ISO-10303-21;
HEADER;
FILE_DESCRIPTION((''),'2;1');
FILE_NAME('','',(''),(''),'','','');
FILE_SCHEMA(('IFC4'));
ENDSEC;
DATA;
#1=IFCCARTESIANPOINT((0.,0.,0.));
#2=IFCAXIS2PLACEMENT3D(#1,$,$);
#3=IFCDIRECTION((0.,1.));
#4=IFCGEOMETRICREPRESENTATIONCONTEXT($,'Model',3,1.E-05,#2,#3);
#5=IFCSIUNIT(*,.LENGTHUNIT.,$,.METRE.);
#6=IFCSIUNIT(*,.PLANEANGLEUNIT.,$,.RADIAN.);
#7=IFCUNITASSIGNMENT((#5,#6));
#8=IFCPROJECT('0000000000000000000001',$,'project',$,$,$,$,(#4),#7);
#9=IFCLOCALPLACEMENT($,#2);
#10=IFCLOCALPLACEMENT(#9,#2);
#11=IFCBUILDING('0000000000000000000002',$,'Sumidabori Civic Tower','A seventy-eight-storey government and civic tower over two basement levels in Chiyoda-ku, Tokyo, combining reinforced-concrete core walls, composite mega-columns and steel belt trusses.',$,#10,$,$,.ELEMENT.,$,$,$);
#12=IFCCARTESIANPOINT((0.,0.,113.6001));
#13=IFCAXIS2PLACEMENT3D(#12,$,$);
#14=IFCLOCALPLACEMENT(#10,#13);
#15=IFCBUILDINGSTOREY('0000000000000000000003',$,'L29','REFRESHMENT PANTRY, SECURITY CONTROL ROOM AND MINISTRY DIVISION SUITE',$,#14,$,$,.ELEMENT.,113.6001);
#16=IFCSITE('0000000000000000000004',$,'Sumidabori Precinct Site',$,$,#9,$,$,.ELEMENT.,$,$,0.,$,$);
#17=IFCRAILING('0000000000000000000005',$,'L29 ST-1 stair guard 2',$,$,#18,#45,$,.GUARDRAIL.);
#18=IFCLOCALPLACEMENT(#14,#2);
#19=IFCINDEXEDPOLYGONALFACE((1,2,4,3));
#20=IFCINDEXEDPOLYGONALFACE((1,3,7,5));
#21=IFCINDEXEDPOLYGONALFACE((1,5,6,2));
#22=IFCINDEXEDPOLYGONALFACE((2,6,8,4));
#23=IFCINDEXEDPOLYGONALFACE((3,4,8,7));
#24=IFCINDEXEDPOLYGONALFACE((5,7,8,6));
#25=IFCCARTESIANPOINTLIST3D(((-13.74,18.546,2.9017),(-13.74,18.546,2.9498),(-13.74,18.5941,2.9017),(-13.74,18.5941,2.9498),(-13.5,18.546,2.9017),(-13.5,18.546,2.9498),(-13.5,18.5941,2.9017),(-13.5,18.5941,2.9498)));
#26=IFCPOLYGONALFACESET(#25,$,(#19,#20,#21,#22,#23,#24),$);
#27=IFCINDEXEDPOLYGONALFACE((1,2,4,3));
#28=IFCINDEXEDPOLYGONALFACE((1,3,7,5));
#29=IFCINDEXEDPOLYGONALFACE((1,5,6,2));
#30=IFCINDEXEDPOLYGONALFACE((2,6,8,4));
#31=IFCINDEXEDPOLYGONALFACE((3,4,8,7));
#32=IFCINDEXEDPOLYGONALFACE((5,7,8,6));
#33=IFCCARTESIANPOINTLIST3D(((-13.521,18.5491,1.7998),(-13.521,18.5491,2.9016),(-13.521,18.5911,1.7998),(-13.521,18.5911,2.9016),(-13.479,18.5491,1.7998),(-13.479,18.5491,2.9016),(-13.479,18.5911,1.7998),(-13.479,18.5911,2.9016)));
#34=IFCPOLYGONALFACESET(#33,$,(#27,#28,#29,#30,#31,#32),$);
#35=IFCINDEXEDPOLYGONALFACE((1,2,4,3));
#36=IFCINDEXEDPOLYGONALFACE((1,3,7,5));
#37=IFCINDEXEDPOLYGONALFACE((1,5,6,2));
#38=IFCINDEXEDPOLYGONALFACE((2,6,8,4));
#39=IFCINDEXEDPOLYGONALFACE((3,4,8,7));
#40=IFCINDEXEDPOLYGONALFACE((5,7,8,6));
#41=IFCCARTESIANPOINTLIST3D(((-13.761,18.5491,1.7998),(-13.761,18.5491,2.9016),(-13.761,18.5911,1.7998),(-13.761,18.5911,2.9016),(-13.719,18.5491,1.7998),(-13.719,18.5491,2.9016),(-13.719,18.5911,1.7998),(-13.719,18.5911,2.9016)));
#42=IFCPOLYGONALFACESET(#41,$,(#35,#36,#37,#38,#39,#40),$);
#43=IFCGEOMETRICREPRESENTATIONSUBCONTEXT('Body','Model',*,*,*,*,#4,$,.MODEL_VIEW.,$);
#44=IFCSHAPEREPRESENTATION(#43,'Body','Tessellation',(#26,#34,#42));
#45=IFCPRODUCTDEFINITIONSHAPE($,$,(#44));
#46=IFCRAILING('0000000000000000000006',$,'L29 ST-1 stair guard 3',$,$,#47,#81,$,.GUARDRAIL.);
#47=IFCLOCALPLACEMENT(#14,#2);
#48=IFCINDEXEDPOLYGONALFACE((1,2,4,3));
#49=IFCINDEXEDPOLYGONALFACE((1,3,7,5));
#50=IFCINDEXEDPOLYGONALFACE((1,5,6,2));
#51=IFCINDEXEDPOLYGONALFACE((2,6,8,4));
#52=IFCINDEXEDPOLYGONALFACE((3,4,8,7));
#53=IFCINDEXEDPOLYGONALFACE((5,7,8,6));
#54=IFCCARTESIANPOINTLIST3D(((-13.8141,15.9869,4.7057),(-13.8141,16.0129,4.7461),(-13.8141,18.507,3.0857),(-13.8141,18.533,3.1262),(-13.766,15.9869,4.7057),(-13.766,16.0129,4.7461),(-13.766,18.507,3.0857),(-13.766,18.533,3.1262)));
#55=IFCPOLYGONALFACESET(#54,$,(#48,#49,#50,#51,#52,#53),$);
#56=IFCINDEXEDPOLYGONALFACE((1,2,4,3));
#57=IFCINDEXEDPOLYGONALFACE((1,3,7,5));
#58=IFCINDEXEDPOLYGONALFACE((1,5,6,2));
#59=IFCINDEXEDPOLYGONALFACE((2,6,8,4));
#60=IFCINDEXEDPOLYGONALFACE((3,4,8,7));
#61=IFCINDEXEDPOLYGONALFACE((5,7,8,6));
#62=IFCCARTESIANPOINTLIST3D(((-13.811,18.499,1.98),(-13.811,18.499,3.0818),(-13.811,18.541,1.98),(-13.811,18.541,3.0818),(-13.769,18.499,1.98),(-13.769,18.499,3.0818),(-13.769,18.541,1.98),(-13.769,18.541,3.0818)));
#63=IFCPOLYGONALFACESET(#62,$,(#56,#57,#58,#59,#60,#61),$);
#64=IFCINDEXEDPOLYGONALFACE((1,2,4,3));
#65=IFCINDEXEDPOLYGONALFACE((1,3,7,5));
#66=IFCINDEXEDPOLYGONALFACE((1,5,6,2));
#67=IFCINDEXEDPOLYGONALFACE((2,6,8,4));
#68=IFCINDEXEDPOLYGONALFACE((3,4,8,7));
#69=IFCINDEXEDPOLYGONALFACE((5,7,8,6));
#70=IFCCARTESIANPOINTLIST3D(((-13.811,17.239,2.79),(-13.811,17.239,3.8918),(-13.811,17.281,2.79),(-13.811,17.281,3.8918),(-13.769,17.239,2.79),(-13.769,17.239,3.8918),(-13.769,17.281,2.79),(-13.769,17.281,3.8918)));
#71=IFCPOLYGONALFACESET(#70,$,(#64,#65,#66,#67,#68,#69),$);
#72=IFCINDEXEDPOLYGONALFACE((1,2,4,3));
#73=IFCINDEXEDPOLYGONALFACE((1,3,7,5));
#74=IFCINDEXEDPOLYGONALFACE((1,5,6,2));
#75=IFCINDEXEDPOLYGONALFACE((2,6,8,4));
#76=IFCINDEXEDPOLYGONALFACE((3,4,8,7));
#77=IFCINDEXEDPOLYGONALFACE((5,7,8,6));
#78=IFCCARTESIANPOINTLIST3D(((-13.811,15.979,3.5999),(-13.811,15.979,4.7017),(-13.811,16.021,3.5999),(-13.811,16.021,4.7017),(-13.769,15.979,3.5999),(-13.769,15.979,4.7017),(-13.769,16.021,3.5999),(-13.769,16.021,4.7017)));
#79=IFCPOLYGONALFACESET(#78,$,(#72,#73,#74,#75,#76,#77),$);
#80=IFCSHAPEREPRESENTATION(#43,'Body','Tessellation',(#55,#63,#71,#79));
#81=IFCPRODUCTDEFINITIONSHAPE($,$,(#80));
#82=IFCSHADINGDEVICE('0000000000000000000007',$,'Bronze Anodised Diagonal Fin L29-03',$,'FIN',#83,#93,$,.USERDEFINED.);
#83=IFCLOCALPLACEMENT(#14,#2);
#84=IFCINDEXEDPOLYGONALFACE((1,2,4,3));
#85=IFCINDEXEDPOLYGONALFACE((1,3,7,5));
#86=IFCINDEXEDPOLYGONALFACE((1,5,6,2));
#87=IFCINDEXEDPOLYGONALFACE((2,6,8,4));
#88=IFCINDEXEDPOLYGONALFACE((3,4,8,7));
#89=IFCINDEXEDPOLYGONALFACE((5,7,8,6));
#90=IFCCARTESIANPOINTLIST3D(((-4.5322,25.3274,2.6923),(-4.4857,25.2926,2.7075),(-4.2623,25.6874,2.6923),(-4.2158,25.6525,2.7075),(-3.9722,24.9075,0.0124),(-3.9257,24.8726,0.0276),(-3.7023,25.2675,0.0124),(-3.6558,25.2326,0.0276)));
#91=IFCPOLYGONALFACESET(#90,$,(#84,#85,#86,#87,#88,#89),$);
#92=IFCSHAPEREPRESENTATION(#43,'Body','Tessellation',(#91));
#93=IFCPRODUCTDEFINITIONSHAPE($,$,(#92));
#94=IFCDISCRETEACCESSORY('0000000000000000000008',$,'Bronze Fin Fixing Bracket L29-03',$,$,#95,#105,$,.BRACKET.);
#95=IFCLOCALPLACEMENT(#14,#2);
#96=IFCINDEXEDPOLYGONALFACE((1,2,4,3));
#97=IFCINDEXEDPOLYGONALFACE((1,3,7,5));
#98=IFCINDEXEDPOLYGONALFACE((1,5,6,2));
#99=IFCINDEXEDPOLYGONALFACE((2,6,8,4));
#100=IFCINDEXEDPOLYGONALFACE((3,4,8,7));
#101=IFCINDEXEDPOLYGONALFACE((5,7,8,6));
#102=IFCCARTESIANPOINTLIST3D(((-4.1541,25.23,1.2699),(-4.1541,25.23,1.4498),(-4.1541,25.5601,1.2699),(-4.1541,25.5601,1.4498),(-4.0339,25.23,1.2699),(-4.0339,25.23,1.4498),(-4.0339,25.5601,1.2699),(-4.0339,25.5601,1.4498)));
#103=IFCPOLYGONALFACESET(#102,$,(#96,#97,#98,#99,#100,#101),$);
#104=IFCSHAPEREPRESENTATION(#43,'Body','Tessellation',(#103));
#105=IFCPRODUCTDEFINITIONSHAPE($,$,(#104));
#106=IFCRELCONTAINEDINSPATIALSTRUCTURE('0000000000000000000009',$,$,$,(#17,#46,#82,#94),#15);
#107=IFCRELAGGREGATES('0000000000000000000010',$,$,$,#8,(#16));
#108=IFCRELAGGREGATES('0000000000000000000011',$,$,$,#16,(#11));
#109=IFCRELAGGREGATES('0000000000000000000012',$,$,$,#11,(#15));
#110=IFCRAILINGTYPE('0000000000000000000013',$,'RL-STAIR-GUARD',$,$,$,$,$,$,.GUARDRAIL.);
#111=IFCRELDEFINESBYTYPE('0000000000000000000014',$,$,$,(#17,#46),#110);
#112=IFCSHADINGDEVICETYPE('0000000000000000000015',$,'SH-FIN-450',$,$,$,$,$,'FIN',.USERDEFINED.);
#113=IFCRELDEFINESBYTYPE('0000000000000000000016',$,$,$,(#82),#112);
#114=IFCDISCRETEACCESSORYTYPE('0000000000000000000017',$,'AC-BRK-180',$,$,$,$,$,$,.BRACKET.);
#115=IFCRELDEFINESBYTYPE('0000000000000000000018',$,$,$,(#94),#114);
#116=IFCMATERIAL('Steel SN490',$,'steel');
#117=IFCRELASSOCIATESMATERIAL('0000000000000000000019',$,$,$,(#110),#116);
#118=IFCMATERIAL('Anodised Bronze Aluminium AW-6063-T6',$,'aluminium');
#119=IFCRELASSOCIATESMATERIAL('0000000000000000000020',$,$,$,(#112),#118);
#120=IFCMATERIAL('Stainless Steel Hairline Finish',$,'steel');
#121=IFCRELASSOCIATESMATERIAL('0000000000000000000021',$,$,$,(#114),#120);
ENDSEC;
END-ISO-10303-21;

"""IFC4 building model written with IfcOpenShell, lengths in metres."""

from ifc_helpers import new_model, si_unit, direction, frame, origin, origin_2d, place, context, subcontext, project, spatial, rectangle, extrude, source, transform, mapped, material, material_profile, profile_set, type_object, element, save


model = new_model("IFC4")

# Units and contexts
model_context = context("Model", 3, precision=1e-05, world=origin(), true_north=direction((0.0, 1.0)))
body_context = subcontext(model_context, "Body", "Model", "MODEL_VIEW")
ifc_project = project(units=[si_unit("LENGTHUNIT", "METRE"), si_unit("PLANEANGLEUNIT", "RADIAN")], contexts=[model_context])

# Site, building, storey
site_placement = place(None, origin())
site = spatial("IfcSite", under=ifc_project, at=site_placement, Name="Sumidabori Precinct Site", CompositionType="ELEMENT", RefElevation=0.0)
building_placement = place(site_placement, origin())
building = spatial("IfcBuilding", under=site, at=building_placement, Name="Sumidabori Civic Tower", Description="A seventy-eight-storey government and civic tower over two basement levels in Chiyoda-ku, Tokyo, combining reinforced-concrete core walls, composite mega-columns and steel belt trusses.", CompositionType="ELEMENT")
storey_placement = place(building_placement, frame((0.0, 0.0, 113.6001)))
storey = spatial("IfcBuildingStorey", under=building, at=storey_placement, Name="L29", Description="REFRESHMENT PANTRY, SECURITY CONTROL ROOM AND MINISTRY DIVISION SUITE", CompositionType="ELEMENT", Elevation=113.6001)

# Shared definitions
ifc_material_1 = material(Name="Anodised Bronze Aluminium AW-6063-T6", Category="aluminium")

# Railings
ifc_material_2 = material(Name="Stainless Steel Hairline Finish", Category="steel")
ifc_material_3 = material(Name="Steel SN490", Category="steel")
railing_type_1 = type_object("IfcRailingType", Name="RL-STAIR-GUARD", PredefinedType="GUARDRAIL", material=ifc_material_3)
railing_1_placement = place(storey_placement, frame((-13.5, 18.5701, 1.7998)))
element("IfcRailing", 1, at=railing_1_placement, inside=storey, type_object=railing_type_1, Name="L29 ST-1 stair guard 2", PredefinedType="GUARDRAIL", context=body_context, shape_type="SweptSolid", body=[
    extrude(rectangle(XDim=0.0481, YDim=0.0481, at=origin_2d()), frame((0.0, 0.0, 1.126), z_axis=(-1.0, 0.0, 0.0), x_axis=(0.0, -1.0, 0.0)), (0.0, 0.0, 1.0), 0.24),
    extrude(rectangle(XDim=0.042, YDim=0.042, at=origin_2d()), origin(), (0.0, 0.0, 1.0), 1.1018),
    extrude(rectangle(XDim=0.042, YDim=0.042, at=origin_2d()), frame((-0.24, 0.0, 0.0)), (0.0, 0.0, 1.0), 1.1018),
])
railing_2_placement = place(storey_placement, frame((-13.79, 18.52, 1.98)))
element("IfcRailing", 2, at=railing_2_placement, inside=storey, type_object=railing_type_1, Name="L29 ST-1 stair guard 3", PredefinedType="GUARDRAIL", context=body_context, shape_type="SweptSolid", body=[
    extrude(rectangle(XDim=0.0481, YDim=0.0481, at=origin_2d()), frame((0.0, 0.0, 1.126), z_axis=(0.0, -0.8412, 0.540725), x_axis=(1.0, 0.0, 0.0)), (0.0, 0.0, 1.0), 2.9958),
    extrude(rectangle(XDim=0.042, YDim=0.042, at=origin_2d()), origin(), (0.0, 0.0, 1.0), 1.1018),
    extrude(rectangle(XDim=0.042, YDim=0.042, at=origin_2d()), frame((0.0, -1.26, 0.8101)), (0.0, 0.0, 1.0), 1.1018),
    extrude(rectangle(XDim=0.042, YDim=0.042, at=origin_2d()), frame((0.0, -2.52, 1.6199)), (0.0, 0.0, 1.0), 1.1018),
])

# Shading device
ifc_material_profile_1 = material_profile(ifc_material_1, rectangle(XDim=0.0601, YDim=0.45, at=origin_2d()), Name="BRONZE FIN 450x60")
ifc_profile_set_1 = profile_set([ifc_material_profile_1], Name="Anodised Bronze Aluminium AW-6063-T6")
shading_device_type = type_object("IfcShadingDeviceType", Name="SH-FIN-450", ElementType="FIN", PredefinedType="USERDEFINED", material=ifc_profile_set_1)
shared_shape_1 = source(origin(), body_context, "Body", "SweptSolid", [
    extrude(rectangle(XDim=0.0601, YDim=0.45, at=origin_2d()), origin(), (0.0, 0.0, 1.0), 2.7698),
])
shading_device_placement = place(storey_placement, frame((-3.814, 25.0701, 0.02), z_axis=(-0.202199, 0.151605, 0.967539), x_axis=(0.774112, -0.580415, 0.252722)))
element("IfcShadingDevice", 3, at=shading_device_placement, inside=storey, type_object=shading_device_type, Name="Bronze Anodised Diagonal Fin L29-03", ObjectType="FIN", PredefinedType="USERDEFINED", context=body_context, shape_type="MappedRepresentation", body=[
    mapped(shared_shape_1, transform((0.0, 0.0, 0.0), x_axis=(1.0, 0.0, 0.0), y_axis=(0.0, 1.0, 0.0), z_axis=(0.0, 0.0, 1.0), scale=1.0)),
])

# Discrete accessory
ifc_material_profile_2 = material_profile(ifc_material_2, rectangle(XDim=0.1201, YDim=0.1799, at=origin_2d()), Name="STEEL BRACKET 180x120")
ifc_profile_set_2 = profile_set([ifc_material_profile_2], Name="Stainless Steel Hairline Finish")
discrete_accessory_type = type_object("IfcDiscreteAccessoryType", Name="AC-BRK-180", PredefinedType="BRACKET", material=ifc_profile_set_2)
shared_shape_2 = source(origin(), body_context, "Body", "SweptSolid", [
    extrude(rectangle(XDim=0.1201, YDim=0.1799, at=origin_2d()), origin(), (0.0, 0.0, 1.0), 0.3301),
])
discrete_accessory_placement = place(storey_placement, frame((-4.094, 25.23, 1.3599), z_axis=(0.0, 1.0, 0.0), x_axis=(-1.0, 0.0, 0.0)))
element("IfcDiscreteAccessory", 4, at=discrete_accessory_placement, inside=storey, type_object=discrete_accessory_type, Name="Bronze Fin Fixing Bracket L29-03", PredefinedType="BRACKET", context=body_context, shape_type="MappedRepresentation", body=[
    mapped(shared_shape_2, transform((0.0, 0.0, 0.0), x_axis=(1.0, 0.0, 0.0), y_axis=(0.0, 1.0, 0.0), z_axis=(0.0, 0.0, 1.0), scale=1.0)),
])

save(model, "model.ifc")
